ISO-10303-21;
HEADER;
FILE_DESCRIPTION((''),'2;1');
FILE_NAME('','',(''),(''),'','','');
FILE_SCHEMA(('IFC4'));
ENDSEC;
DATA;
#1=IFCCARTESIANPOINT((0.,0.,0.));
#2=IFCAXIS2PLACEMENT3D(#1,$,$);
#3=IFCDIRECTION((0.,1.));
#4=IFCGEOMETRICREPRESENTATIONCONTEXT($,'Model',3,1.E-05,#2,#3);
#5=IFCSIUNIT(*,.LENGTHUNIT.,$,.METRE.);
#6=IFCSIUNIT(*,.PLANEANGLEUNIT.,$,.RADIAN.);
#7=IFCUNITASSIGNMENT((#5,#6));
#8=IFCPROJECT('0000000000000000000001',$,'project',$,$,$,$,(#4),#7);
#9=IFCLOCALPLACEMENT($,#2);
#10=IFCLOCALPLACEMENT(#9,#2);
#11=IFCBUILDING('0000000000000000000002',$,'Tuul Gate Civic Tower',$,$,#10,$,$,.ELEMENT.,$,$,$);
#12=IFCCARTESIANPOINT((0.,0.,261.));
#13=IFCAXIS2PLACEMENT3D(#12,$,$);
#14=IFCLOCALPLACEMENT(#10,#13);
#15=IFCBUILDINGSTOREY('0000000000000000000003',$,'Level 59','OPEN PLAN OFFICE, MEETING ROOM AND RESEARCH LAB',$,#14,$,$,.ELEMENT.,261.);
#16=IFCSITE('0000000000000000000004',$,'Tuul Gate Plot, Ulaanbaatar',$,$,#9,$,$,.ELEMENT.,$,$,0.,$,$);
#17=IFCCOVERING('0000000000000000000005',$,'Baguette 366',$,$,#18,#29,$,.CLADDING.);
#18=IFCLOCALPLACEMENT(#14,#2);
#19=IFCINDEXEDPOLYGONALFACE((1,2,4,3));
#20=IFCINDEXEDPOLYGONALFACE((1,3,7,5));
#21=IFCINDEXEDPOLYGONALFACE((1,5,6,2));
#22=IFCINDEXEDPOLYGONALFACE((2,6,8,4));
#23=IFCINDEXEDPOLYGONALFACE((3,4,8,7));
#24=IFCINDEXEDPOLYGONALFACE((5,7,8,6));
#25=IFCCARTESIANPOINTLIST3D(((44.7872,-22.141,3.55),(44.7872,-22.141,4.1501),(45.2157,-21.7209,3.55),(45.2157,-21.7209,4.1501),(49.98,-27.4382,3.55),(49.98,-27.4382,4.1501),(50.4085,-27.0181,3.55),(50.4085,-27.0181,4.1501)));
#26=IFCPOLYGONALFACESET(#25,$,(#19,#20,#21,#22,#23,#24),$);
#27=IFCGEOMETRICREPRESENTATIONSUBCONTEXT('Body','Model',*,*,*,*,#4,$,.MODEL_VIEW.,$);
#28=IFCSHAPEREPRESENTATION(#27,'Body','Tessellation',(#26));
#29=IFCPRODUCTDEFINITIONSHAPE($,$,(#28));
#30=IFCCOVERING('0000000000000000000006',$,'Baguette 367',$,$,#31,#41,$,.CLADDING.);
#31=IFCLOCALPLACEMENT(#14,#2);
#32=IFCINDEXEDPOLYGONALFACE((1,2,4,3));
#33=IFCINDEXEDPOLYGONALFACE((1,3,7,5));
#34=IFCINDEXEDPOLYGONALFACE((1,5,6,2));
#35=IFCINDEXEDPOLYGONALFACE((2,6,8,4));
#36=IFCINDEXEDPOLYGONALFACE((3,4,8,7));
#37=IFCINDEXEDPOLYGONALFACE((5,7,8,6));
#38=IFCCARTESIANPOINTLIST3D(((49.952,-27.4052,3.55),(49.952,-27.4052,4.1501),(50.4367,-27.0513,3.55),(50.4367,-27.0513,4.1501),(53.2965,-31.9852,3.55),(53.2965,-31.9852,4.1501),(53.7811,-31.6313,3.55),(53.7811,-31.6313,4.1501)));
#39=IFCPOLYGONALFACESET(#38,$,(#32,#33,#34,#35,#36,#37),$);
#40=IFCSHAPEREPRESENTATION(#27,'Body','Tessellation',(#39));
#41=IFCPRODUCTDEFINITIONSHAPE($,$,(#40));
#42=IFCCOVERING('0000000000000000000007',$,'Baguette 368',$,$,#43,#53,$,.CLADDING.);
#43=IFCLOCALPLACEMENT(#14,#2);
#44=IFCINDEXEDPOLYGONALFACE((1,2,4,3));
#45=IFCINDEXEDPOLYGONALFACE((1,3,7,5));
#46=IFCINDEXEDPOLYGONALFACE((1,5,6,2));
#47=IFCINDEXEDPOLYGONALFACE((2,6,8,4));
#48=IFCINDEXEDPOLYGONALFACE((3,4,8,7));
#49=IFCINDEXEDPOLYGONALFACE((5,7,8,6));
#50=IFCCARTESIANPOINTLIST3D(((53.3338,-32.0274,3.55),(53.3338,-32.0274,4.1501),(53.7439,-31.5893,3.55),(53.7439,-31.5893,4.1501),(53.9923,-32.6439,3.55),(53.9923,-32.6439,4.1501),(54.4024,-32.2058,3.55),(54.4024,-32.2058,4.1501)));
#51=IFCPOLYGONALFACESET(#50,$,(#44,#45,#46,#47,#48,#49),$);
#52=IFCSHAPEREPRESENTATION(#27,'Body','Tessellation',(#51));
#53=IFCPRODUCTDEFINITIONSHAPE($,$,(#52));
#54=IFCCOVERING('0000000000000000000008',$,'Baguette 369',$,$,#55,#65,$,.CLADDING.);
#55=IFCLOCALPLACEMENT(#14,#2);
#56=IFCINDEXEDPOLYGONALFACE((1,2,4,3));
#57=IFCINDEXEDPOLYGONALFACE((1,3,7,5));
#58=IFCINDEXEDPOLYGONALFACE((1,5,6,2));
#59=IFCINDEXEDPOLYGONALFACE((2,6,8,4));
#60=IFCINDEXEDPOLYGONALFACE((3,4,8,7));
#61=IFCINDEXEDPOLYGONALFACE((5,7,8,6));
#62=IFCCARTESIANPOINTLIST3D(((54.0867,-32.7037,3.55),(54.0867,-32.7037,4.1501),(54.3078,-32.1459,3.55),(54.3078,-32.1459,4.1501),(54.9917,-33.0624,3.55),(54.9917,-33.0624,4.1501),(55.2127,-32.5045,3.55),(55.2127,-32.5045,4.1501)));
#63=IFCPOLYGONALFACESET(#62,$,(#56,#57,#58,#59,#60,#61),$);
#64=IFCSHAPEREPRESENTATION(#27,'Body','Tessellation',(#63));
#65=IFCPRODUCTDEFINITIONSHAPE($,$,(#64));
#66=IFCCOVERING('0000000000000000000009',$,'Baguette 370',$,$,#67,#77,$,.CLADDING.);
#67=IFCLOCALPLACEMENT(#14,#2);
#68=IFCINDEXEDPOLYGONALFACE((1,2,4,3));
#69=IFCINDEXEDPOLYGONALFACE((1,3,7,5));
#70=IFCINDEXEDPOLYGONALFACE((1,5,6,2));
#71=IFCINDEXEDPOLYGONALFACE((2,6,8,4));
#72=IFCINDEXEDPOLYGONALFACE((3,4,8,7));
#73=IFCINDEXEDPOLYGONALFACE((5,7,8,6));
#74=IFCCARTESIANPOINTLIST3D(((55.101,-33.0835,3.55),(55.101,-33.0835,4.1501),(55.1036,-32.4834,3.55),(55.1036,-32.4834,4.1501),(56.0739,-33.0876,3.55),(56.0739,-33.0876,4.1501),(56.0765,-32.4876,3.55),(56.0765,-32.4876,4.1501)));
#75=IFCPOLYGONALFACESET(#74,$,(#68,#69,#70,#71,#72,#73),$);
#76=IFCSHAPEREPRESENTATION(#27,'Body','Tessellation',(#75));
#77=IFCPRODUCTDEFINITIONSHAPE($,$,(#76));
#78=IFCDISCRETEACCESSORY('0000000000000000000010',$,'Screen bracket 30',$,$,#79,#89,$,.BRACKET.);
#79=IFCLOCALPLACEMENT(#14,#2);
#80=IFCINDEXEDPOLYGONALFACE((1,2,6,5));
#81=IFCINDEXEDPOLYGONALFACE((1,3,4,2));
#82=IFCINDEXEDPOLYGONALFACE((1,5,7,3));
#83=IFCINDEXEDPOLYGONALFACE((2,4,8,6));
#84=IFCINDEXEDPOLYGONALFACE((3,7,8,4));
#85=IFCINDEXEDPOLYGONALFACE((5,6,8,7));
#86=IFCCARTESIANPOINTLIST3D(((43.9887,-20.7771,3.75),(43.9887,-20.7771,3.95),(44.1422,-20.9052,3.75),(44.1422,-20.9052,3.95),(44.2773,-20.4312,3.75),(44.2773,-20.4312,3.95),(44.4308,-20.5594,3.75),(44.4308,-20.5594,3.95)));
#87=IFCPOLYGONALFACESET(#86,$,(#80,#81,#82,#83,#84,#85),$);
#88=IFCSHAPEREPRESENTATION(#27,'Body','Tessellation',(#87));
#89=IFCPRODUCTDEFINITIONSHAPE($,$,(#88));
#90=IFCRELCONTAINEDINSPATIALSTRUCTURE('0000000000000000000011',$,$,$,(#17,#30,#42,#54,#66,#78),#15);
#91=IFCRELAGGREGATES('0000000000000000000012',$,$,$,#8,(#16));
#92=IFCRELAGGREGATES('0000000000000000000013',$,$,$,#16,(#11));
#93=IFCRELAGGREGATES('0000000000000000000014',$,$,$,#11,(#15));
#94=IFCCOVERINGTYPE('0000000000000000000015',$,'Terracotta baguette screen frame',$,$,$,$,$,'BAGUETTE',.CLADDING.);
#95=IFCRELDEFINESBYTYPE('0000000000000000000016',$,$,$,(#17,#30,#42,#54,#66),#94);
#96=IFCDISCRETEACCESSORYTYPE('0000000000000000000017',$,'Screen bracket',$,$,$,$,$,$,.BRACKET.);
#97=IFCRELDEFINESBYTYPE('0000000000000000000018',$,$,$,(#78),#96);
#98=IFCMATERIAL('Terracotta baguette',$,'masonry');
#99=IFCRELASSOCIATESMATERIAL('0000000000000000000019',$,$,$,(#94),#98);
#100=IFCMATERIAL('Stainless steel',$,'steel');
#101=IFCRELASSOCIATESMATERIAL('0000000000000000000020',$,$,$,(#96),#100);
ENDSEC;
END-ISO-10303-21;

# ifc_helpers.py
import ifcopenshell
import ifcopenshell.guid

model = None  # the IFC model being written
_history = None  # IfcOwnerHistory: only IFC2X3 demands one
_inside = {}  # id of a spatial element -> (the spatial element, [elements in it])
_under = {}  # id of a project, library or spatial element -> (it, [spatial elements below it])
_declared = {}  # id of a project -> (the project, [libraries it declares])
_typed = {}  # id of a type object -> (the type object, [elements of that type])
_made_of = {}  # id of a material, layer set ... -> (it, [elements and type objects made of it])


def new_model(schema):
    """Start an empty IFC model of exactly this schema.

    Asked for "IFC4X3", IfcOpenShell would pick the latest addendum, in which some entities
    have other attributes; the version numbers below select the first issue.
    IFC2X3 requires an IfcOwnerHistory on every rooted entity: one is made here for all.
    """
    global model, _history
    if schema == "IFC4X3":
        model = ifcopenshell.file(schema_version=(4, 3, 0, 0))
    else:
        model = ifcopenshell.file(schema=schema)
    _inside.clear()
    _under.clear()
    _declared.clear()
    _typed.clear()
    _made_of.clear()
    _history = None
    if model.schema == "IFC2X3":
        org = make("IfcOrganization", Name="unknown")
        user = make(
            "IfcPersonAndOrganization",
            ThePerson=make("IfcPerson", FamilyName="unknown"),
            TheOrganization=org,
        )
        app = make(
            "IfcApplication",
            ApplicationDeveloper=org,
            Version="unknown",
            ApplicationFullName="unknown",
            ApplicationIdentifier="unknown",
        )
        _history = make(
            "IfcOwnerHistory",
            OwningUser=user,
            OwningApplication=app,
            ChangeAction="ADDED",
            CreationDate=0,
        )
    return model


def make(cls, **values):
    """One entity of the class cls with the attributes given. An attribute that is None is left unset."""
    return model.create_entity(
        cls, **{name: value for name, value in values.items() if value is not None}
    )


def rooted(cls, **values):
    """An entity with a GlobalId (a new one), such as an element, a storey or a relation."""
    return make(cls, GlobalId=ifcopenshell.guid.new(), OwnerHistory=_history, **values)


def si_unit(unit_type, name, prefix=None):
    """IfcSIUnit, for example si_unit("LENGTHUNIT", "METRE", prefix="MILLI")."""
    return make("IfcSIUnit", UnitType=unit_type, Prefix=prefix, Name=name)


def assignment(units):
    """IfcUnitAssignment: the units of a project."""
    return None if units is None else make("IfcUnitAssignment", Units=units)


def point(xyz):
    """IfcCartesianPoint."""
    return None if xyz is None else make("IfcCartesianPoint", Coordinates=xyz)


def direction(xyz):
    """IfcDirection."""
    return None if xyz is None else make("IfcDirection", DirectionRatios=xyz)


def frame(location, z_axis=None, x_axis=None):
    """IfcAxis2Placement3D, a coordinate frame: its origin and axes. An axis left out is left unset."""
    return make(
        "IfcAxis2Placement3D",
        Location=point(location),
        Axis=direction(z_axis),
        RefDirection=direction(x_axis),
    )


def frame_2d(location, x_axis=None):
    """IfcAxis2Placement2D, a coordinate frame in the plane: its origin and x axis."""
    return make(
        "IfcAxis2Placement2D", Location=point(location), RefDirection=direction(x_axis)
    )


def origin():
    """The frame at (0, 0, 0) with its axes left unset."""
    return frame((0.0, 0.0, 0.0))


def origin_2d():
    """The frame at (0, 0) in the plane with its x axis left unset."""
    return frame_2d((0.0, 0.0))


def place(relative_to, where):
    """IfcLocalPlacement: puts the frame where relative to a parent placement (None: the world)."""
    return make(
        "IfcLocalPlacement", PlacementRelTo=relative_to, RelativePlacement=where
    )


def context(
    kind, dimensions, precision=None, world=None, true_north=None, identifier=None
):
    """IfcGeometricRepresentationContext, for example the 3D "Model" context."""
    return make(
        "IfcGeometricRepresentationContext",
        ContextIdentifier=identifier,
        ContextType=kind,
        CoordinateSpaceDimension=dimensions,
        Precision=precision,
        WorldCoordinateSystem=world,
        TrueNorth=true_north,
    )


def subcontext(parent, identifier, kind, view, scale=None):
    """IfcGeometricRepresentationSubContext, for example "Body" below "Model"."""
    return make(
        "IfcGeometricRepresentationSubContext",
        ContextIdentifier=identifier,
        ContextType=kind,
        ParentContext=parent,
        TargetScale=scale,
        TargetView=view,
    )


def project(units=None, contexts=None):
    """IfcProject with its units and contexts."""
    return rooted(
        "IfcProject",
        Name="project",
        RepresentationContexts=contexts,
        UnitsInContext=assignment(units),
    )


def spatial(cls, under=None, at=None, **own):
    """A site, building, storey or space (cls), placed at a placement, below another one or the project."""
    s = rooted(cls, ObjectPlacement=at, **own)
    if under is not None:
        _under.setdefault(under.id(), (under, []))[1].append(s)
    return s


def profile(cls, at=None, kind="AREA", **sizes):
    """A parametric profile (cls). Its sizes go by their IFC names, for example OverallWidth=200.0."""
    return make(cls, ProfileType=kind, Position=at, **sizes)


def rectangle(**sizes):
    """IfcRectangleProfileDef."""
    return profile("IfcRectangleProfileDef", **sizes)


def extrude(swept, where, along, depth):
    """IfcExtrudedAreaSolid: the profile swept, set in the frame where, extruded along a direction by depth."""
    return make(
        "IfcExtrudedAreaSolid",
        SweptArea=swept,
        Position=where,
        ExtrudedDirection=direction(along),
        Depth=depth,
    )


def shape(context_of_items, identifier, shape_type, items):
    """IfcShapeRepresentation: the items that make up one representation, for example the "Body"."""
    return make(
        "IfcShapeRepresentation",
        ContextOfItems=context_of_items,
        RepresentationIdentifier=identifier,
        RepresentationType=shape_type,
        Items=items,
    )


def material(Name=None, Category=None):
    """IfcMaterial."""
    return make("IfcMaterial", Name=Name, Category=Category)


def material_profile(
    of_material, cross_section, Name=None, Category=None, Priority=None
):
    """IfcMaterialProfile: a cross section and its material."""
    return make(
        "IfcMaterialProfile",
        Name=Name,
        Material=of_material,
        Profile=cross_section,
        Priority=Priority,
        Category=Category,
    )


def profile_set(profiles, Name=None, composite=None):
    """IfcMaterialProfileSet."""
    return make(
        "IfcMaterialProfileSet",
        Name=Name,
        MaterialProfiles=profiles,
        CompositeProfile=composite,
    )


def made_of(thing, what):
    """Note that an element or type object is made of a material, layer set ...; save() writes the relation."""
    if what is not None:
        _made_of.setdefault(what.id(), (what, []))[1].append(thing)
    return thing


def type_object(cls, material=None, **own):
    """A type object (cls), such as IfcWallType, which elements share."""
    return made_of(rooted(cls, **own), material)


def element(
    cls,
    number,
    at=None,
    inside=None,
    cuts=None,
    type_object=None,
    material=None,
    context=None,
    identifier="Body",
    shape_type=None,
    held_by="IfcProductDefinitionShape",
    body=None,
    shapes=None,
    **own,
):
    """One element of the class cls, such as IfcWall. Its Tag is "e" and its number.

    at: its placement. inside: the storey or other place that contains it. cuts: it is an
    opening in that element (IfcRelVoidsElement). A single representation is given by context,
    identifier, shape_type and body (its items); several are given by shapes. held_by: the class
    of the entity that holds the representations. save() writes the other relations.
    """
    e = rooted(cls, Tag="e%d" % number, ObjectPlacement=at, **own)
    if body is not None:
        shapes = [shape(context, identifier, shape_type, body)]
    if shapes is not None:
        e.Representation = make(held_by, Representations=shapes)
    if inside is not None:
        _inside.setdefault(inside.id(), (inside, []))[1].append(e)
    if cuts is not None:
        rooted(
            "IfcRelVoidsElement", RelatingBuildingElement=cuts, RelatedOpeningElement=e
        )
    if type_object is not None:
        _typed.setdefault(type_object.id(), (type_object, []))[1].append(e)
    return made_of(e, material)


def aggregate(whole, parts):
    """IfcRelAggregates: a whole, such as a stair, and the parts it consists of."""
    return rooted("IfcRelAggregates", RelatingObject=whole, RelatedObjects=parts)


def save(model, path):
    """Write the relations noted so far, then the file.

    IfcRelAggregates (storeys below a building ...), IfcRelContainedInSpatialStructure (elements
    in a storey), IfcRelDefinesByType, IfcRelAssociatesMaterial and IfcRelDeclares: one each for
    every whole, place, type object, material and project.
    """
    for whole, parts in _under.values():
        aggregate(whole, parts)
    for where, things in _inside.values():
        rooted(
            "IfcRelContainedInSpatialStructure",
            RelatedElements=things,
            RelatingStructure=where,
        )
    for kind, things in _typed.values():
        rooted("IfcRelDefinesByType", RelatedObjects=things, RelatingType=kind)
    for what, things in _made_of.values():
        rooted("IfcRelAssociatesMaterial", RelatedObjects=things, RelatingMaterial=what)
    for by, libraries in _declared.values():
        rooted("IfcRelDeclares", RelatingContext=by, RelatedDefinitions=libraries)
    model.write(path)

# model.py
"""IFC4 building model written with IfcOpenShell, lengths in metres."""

from ifc_helpers import new_model, si_unit, direction, frame, origin, origin_2d, place, context, subcontext, project, spatial, rectangle, extrude, material, material_profile, profile_set, type_object, element, save


model = new_model("IFC4")

# Units and contexts
model_context = context("Model", 3, precision=1e-05, world=origin(), true_north=direction((0.0, 1.0)))
body_context = subcontext(model_context, "Body", "Model", "MODEL_VIEW")
ifc_project = project(units=[si_unit("LENGTHUNIT", "METRE"), si_unit("PLANEANGLEUNIT", "RADIAN")], contexts=[model_context])

# Site, building, storey
site_placement = place(None, origin())
site = spatial("IfcSite", under=ifc_project, at=site_placement, Name="Tuul Gate Plot, Ulaanbaatar", CompositionType="ELEMENT", RefElevation=0.0)
building_placement = place(site_placement, origin())
building = spatial("IfcBuilding", under=site, at=building_placement, Name="Tuul Gate Civic Tower", CompositionType="ELEMENT")
storey_placement = place(building_placement, frame((0.0, 0.0, 261.0)))
storey = spatial("IfcBuildingStorey", under=building, at=storey_placement, Name="Level 59", Description="OPEN PLAN OFFICE, MEETING ROOM AND RESEARCH LAB", CompositionType="ELEMENT", Elevation=261.0)

# Coverings
ifc_material_1 = material(Name="Terracotta baguette", Category="masonry")
ifc_material_profile_1 = material_profile(ifc_material_1, rectangle(XDim=0.6001, YDim=0.6001, at=origin_2d()), Name="Terracotta baguette screen frame")
ifc_profile_set_1 = profile_set([ifc_material_profile_1], Name="Terracotta baguette")
covering_type = type_object("IfcCoveringType", Name="Terracotta baguette screen frame", ElementType="BAGUETTE", PredefinedType="CLADDING", material=ifc_profile_set_1)
covering_1_placement = place(storey_placement, frame((45.0015, -21.9309, 3.8501), z_axis=(0.700029, -0.714115, 0.0), x_axis=(0.714115, 0.700029, 0.0)))
element("IfcCovering", 1, at=covering_1_placement, inside=storey, type_object=covering_type, Name="Baguette 366", PredefinedType="CLADDING", context=body_context, shape_type="SweptSolid", body=[
    extrude(rectangle(XDim=0.6001, YDim=0.6001, at=origin_2d()), origin(), (0.0, 0.0, 1.0), 7.418),
])
covering_2_placement = place(storey_placement, frame((50.1943, -27.2283, 3.8501), z_axis=(0.589729, -0.807601, 0.0), x_axis=(0.807601, 0.589729, 0.0)))
element("IfcCovering", 2, at=covering_2_placement, inside=storey, type_object=covering_type, Name="Baguette 367", PredefinedType="CLADDING", context=body_context, shape_type="SweptSolid", body=[
    extrude(rectangle(XDim=0.6001, YDim=0.6001, at=origin_2d()), origin(), (0.0, 0.0, 1.0), 5.6711),
])
covering_3_placement = place(storey_placement, frame((53.5388, -31.8083, 3.8501), z_axis=(0.730001, -0.683446, 0.0), x_axis=(0.683446, 0.730001, 0.0)))
element("IfcCovering", 3, at=covering_3_placement, inside=storey, type_object=covering_type, Name="Baguette 368", PredefinedType="CLADDING", context=body_context, shape_type="SweptSolid", body=[
    extrude(rectangle(XDim=0.6001, YDim=0.6001, at=origin_2d()), origin(), (0.0, 0.0, 1.0), 0.9021),
])
covering_4_placement = place(storey_placement, frame((54.1973, -32.4248, 3.8501), z_axis=(0.929665, -0.368405, 0.0), x_axis=(0.368405, 0.929665, 0.0)))
element("IfcCovering", 4, at=covering_4_placement, inside=storey, type_object=covering_type, Name="Baguette 369", PredefinedType="CLADDING", context=body_context, shape_type="SweptSolid", body=[
    extrude(rectangle(XDim=0.6001, YDim=0.6001, at=origin_2d()), origin(), (0.0, 0.0, 1.0), 0.9734),
])
covering_5_placement = place(storey_placement, frame((55.1023, -32.7834, 3.8501), z_axis=(0.999991, -0.004266, 0.0), x_axis=(0.004266, 0.999991, 0.0)))
element("IfcCovering", 5, at=covering_5_placement, inside=storey, type_object=covering_type, Name="Baguette 370", PredefinedType="CLADDING", context=body_context, shape_type="SweptSolid", body=[
    extrude(rectangle(XDim=0.6001, YDim=0.6001, at=origin_2d()), origin(), (0.0, 0.0, 1.0), 0.9729),
])

# Discrete accessory
ifc_material_2 = material(Name="Stainless steel", Category="steel")
discrete_accessory_type = type_object("IfcDiscreteAccessoryType", Name="Screen bracket", PredefinedType="BRACKET", material=ifc_material_2)
discrete_accessory_placement = place(storey_placement, frame((44.2097, -20.6682, 3.75), z_axis=(0.0, 0.0, 1.0), x_axis=(-0.640724, -0.767772, 0.0)))
element("IfcDiscreteAccessory", 6, at=discrete_accessory_placement, inside=storey, type_object=discrete_accessory_type, Name="Screen bracket 30", PredefinedType="BRACKET", context=body_context, shape_type="SweptSolid", body=[
    extrude(rectangle(XDim=0.4504, YDim=0.2, at=origin_2d()), origin(), (0.0, 0.0, 1.0), 0.2),
])

save(model, "model.ifc")
